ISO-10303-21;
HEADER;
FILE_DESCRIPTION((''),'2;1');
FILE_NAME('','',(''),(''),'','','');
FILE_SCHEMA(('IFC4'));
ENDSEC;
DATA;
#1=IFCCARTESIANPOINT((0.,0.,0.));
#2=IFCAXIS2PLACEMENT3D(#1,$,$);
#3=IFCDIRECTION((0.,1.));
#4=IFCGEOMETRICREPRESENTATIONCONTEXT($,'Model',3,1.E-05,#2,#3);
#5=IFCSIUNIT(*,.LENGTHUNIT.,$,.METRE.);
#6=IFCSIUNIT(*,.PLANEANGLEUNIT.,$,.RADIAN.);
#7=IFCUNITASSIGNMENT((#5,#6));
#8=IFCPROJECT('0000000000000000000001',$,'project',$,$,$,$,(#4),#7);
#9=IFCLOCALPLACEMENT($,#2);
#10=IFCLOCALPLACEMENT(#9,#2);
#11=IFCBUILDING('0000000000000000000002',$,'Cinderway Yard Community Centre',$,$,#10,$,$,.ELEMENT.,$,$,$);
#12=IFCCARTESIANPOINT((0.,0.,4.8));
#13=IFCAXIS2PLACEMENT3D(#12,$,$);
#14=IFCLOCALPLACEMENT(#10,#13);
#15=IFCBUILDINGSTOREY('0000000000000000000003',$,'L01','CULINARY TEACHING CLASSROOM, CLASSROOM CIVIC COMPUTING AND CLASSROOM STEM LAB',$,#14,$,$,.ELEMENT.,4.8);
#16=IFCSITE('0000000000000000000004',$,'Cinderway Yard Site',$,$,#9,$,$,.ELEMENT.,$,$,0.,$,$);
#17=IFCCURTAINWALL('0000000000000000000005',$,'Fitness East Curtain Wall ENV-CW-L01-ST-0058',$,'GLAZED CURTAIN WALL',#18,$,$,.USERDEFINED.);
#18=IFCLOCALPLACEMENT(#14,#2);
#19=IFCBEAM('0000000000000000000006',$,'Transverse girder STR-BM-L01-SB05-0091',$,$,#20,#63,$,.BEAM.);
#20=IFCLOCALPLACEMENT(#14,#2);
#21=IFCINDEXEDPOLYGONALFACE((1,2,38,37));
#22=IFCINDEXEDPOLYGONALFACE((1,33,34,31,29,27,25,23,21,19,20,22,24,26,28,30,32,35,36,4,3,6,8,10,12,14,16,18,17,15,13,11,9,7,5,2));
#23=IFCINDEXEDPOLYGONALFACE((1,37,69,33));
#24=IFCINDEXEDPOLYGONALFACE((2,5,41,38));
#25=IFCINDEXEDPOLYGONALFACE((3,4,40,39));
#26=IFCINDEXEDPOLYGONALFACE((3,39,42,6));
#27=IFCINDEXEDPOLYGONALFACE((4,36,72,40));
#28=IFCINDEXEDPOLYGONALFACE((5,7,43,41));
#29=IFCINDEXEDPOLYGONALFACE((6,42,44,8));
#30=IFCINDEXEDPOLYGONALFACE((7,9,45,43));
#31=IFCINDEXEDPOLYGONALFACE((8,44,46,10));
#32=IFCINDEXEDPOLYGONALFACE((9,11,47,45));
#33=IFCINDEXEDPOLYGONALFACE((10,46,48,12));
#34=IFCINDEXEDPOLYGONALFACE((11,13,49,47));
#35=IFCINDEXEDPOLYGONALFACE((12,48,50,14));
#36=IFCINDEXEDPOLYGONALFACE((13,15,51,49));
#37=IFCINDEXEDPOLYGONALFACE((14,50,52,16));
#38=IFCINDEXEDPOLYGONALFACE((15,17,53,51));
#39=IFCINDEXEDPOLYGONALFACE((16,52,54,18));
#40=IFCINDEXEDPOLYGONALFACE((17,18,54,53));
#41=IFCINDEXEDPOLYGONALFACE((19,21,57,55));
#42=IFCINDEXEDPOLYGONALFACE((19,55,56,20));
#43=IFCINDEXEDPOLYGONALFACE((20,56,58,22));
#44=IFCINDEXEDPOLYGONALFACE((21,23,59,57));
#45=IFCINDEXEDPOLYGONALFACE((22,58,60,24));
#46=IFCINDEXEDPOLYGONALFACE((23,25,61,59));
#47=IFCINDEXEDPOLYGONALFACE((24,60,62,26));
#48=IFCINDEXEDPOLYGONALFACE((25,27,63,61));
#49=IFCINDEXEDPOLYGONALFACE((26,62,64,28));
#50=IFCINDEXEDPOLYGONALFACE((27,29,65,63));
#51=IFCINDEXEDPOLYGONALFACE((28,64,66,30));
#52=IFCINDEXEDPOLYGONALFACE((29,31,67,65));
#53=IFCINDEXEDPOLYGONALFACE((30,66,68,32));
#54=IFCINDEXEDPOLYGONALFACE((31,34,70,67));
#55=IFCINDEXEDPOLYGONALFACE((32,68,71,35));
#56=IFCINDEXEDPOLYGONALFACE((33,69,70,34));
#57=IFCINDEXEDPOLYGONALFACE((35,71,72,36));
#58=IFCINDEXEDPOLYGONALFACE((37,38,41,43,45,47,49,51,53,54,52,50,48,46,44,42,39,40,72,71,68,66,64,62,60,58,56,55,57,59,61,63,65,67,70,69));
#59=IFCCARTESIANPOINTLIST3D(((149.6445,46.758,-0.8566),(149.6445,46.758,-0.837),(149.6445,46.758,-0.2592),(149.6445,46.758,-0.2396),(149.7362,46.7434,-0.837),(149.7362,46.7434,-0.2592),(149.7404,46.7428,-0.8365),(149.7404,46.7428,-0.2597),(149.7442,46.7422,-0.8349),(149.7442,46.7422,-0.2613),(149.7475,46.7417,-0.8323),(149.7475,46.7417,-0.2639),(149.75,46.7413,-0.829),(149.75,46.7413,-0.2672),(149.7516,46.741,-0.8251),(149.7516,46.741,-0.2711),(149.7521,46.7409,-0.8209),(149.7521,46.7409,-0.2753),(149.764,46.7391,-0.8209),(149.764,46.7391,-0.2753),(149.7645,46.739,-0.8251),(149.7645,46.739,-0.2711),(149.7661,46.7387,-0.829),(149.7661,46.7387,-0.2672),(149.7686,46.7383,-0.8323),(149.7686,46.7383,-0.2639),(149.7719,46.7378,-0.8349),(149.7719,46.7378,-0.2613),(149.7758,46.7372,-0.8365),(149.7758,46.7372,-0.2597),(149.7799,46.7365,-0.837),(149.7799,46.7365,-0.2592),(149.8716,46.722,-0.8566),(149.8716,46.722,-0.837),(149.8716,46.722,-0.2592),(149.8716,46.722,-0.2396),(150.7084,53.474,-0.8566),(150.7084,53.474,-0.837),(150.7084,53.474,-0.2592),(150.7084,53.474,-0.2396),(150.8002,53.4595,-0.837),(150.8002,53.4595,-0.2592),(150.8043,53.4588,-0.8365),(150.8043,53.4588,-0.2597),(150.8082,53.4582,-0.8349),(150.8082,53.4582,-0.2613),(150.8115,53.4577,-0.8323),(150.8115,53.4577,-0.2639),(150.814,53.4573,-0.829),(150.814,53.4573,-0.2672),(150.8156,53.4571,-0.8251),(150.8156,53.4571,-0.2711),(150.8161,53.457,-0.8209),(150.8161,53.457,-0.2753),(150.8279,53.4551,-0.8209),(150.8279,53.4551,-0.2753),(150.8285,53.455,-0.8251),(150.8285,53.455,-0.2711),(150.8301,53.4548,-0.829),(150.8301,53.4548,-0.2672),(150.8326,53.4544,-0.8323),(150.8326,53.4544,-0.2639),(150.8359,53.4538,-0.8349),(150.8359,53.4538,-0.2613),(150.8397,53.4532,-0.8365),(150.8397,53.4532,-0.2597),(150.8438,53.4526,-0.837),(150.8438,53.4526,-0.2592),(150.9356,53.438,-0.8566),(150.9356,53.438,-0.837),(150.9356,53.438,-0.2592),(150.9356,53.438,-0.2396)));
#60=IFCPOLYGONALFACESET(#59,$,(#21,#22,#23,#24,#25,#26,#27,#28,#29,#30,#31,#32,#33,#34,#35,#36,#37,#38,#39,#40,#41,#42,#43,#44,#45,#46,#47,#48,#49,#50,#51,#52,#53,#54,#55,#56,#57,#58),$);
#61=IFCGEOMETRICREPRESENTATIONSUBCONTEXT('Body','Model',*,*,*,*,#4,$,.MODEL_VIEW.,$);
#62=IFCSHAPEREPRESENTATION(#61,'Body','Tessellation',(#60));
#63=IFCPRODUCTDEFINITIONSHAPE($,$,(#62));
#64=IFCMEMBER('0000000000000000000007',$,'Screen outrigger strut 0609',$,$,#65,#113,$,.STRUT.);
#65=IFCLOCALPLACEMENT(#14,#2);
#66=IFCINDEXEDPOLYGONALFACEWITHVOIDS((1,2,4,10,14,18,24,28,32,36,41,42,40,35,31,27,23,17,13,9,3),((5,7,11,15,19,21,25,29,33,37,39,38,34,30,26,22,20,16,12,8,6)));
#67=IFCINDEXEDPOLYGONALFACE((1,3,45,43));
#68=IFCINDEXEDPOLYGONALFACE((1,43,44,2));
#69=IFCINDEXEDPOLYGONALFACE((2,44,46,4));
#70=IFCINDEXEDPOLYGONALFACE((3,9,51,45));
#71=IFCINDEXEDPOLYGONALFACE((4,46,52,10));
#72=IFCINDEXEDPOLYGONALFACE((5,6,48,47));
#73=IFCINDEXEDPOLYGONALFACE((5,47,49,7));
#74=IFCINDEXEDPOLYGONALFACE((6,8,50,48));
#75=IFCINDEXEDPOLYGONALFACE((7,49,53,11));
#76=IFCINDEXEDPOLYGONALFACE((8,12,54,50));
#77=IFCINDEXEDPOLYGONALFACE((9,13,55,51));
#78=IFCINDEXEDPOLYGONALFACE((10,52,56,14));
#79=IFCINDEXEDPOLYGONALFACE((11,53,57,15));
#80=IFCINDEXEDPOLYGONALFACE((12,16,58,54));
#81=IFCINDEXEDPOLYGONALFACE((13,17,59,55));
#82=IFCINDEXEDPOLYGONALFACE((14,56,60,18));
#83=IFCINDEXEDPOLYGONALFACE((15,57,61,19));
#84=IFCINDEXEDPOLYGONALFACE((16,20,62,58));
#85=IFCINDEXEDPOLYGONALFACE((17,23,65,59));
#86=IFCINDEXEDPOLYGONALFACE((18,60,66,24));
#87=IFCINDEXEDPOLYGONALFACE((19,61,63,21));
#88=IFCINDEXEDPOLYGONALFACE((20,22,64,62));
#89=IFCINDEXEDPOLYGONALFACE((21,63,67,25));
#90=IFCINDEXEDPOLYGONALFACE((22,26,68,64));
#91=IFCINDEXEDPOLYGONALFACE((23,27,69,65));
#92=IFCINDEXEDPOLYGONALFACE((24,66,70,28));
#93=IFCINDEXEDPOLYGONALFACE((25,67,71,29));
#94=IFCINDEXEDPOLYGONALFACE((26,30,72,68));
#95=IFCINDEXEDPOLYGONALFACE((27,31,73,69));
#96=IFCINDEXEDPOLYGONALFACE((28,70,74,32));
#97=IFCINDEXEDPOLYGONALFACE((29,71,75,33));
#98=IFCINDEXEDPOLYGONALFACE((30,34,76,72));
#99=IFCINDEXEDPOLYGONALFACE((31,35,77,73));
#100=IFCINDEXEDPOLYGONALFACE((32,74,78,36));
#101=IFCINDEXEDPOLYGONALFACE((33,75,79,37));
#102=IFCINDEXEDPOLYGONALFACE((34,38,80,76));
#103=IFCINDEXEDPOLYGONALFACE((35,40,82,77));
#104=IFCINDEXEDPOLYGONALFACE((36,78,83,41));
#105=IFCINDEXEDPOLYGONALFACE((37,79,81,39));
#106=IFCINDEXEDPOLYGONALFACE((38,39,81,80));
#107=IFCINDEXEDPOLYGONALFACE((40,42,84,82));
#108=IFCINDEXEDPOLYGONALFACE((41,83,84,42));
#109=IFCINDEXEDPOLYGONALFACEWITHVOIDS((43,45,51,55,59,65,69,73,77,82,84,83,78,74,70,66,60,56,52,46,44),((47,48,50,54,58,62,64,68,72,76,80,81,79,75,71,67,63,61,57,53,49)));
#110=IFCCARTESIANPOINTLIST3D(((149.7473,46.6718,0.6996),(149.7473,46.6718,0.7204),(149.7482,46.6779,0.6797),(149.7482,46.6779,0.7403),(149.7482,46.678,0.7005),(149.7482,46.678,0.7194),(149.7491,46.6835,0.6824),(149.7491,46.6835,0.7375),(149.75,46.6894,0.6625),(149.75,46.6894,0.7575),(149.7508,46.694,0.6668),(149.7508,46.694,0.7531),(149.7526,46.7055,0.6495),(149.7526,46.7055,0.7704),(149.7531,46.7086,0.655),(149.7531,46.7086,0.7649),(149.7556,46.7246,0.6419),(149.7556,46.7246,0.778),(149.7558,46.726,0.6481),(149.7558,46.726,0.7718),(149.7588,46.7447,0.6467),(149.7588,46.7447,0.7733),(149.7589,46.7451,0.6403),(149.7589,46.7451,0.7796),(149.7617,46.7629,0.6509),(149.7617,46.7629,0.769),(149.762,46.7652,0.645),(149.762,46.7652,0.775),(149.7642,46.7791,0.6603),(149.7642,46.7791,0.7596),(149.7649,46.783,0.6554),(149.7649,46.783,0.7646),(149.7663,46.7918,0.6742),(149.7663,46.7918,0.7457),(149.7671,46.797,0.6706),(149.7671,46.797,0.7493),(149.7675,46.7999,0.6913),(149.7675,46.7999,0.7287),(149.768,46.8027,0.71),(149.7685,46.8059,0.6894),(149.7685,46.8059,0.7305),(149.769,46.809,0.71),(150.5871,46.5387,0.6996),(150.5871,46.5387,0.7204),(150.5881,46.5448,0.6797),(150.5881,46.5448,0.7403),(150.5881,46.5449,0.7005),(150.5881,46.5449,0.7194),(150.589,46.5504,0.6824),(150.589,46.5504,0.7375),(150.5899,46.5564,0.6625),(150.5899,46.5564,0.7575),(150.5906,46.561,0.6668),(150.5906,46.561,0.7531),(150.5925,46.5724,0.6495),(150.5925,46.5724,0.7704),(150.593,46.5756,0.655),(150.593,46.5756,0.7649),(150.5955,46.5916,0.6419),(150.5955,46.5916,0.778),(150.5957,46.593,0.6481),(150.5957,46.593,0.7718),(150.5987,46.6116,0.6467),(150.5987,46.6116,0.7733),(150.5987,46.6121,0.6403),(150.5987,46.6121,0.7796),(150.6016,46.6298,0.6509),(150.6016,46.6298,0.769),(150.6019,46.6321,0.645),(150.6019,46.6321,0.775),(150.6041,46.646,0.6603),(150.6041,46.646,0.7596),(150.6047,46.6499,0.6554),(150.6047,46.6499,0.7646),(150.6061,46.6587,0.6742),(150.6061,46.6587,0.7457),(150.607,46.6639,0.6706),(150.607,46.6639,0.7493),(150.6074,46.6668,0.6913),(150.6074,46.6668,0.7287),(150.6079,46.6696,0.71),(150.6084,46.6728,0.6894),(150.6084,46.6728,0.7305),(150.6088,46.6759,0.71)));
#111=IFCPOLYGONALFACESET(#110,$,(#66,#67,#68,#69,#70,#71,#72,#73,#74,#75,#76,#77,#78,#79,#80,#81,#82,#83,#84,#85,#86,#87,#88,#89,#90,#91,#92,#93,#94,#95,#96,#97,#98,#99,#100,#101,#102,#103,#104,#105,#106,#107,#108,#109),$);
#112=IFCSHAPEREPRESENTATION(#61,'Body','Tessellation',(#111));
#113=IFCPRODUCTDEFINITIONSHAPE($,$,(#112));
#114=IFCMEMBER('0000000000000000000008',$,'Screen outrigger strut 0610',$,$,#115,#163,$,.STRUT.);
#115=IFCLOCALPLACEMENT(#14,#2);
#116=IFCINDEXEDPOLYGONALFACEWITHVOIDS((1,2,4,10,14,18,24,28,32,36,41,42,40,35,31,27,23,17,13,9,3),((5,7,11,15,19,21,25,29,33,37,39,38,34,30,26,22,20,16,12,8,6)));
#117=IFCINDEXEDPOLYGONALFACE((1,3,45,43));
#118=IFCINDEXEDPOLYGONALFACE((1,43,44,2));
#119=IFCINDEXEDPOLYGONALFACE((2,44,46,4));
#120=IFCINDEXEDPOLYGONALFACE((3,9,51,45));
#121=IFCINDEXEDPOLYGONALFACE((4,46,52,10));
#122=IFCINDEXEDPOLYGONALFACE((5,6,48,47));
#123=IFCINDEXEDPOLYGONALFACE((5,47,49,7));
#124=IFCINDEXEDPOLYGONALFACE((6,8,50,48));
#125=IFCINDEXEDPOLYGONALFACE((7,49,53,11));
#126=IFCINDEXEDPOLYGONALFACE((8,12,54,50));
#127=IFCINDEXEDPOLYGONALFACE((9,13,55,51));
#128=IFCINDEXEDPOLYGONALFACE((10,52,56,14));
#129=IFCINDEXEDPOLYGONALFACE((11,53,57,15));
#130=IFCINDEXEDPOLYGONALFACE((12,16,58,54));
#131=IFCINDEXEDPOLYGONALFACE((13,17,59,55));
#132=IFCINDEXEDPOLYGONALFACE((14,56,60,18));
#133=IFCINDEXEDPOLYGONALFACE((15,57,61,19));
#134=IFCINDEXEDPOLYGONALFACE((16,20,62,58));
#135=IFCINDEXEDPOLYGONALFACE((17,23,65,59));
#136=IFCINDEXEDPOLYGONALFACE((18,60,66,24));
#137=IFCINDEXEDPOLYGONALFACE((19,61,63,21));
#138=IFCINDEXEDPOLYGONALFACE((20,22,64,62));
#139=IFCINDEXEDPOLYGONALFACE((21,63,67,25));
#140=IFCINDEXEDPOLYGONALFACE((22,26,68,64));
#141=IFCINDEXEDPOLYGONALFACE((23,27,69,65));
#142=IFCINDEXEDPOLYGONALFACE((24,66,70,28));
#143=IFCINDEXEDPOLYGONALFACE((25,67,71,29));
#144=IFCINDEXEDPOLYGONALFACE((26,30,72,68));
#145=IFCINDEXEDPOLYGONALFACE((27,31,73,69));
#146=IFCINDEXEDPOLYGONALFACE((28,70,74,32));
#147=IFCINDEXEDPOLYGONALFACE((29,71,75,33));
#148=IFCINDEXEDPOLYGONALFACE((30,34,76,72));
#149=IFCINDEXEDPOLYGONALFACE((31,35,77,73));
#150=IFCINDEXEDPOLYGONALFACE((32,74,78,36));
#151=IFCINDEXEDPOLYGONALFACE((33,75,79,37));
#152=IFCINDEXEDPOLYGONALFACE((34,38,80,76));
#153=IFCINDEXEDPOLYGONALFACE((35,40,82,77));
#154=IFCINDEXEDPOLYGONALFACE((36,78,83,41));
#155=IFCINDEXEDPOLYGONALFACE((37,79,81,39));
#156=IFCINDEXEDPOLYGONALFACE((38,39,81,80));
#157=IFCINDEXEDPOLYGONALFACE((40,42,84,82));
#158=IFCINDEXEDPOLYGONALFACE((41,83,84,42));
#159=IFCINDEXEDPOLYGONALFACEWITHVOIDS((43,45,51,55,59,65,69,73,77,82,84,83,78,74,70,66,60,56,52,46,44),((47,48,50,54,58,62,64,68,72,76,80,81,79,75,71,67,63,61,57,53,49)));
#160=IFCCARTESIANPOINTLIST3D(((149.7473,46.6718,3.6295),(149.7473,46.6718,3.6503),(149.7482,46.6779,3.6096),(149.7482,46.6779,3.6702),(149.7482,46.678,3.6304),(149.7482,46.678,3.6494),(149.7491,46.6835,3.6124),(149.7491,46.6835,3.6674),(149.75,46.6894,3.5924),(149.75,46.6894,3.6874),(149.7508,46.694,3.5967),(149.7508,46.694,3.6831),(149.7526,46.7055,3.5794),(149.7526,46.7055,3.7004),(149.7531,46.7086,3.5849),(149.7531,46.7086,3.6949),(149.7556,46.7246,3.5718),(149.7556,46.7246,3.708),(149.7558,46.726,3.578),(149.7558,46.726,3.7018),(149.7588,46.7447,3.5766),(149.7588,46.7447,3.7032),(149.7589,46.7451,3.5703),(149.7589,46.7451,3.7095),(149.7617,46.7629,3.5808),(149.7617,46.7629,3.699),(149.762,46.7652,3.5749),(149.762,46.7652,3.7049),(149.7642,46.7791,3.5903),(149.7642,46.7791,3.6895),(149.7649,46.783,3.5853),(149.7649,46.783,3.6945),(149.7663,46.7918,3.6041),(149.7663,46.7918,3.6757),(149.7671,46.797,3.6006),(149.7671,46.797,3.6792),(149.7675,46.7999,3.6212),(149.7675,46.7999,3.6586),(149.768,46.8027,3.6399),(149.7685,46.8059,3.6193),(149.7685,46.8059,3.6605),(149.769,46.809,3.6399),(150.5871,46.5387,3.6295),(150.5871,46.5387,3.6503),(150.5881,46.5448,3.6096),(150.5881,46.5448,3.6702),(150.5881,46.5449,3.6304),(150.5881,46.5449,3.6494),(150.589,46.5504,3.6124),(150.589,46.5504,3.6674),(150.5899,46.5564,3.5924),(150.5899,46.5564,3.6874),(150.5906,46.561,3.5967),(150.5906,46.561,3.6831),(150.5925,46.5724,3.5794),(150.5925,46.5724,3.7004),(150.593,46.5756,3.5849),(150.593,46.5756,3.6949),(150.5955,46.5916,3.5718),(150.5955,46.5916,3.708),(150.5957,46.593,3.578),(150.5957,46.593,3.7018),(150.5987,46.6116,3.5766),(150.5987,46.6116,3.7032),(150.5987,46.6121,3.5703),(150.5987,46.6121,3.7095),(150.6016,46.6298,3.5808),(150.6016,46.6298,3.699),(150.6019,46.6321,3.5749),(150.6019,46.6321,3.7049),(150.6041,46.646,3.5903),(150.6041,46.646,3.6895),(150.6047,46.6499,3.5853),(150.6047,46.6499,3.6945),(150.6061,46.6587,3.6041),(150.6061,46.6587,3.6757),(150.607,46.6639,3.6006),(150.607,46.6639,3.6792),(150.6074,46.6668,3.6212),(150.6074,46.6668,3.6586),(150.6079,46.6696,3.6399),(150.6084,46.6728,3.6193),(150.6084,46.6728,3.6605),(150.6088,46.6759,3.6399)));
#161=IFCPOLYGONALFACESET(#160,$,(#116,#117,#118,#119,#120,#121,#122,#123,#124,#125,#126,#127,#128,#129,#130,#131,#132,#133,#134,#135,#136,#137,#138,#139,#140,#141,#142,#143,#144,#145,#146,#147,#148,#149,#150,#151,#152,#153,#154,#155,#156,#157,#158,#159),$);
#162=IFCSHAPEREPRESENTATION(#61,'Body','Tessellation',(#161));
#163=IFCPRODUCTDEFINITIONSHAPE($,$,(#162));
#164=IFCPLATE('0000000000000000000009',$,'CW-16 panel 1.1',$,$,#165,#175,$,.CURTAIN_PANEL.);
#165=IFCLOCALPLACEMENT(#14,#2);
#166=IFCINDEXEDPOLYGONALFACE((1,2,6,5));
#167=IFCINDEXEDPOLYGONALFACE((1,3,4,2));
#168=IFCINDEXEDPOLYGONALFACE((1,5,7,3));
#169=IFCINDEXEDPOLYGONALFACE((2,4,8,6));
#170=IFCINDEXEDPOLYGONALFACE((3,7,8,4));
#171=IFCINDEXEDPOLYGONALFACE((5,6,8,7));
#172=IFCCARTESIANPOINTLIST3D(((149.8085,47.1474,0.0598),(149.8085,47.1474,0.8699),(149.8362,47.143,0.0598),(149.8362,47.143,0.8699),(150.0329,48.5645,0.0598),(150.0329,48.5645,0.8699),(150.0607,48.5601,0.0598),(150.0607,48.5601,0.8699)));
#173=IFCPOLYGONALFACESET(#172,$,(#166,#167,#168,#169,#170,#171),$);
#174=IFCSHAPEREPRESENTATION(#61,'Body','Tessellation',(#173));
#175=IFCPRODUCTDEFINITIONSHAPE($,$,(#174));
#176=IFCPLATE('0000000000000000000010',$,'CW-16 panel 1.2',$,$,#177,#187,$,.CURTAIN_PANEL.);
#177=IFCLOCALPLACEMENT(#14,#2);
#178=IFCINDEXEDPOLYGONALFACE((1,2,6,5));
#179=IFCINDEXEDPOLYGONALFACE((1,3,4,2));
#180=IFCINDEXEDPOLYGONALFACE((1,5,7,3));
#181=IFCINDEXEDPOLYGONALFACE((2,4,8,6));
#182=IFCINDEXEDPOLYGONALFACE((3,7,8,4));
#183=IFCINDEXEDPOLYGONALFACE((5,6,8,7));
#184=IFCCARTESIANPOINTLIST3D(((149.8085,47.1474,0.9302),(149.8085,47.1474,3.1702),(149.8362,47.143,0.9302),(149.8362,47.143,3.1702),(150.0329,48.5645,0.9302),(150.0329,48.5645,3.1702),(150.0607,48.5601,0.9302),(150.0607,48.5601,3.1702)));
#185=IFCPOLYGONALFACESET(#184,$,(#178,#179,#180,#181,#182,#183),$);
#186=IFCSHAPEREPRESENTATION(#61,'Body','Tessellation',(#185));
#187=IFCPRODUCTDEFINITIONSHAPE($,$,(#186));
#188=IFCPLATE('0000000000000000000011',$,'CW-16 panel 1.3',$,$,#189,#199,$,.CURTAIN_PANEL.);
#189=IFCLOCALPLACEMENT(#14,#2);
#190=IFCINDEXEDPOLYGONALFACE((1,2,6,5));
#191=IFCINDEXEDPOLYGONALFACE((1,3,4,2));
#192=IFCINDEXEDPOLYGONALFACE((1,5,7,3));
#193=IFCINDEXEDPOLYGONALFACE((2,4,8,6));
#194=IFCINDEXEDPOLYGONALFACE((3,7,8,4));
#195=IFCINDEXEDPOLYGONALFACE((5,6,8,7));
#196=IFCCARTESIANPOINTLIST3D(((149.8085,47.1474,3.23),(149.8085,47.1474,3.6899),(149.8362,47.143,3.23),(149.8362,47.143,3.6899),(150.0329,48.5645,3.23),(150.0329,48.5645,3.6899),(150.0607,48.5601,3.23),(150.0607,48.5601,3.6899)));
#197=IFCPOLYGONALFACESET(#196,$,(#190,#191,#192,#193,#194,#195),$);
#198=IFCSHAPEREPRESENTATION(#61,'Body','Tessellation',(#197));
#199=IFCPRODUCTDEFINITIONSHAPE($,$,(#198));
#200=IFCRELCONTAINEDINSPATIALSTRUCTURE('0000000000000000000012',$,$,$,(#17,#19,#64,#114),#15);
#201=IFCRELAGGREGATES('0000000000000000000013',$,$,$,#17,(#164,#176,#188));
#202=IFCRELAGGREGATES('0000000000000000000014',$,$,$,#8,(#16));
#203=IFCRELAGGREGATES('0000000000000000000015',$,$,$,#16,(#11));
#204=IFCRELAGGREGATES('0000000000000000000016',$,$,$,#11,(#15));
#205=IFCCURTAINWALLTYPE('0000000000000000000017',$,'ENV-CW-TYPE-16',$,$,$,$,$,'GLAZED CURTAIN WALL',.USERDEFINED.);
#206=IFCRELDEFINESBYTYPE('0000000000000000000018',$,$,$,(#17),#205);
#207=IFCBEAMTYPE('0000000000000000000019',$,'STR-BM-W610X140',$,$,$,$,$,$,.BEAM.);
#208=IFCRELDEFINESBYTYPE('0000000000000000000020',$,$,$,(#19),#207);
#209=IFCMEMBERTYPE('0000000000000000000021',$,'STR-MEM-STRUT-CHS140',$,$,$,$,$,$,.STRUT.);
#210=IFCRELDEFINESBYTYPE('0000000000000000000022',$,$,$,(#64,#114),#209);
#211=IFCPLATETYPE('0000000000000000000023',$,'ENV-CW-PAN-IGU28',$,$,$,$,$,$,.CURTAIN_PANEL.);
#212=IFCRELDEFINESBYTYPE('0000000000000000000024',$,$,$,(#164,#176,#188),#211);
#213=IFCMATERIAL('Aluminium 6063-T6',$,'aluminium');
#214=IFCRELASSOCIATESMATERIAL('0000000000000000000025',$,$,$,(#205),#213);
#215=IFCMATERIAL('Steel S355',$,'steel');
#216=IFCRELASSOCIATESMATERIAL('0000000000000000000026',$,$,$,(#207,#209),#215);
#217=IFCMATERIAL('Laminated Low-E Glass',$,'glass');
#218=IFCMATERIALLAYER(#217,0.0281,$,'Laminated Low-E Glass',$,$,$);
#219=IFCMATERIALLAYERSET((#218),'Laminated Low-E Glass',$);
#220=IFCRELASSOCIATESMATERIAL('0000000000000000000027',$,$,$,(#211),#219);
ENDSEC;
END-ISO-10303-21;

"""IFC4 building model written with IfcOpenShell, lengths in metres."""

from ifc_helpers import new_model, si_unit, direction, frame, origin, origin_2d, place, context, subcontext, project, spatial, rectangle, hollow_circle, i_section, extrude, material, layer, layer_set, material_profile, profile_set, type_object, element, aggregate, save


model = new_model("IFC4")

# Units and contexts
model_context = context("Model", 3, precision=1e-05, world=origin(), true_north=direction((0.0, 1.0)))
body_context = subcontext(model_context, "Body", "Model", "MODEL_VIEW")
ifc_project = project(units=[si_unit("LENGTHUNIT", "METRE"), si_unit("PLANEANGLEUNIT", "RADIAN")], contexts=[model_context])

# Site, building, storey
site_placement = place(None, origin())
site = spatial("IfcSite", under=ifc_project, at=site_placement, Name="Cinderway Yard Site", CompositionType="ELEMENT", RefElevation=0.0)
building_placement = place(site_placement, origin())
building = spatial("IfcBuilding", under=site, at=building_placement, Name="Cinderway Yard Community Centre", CompositionType="ELEMENT")
storey_placement = place(building_placement, frame((0.0, 0.0, 4.8)))
storey = spatial("IfcBuildingStorey", under=building, at=storey_placement, Name="L01", Description="CULINARY TEACHING CLASSROOM, CLASSROOM CIVIC COMPUTING AND CLASSROOM STEM LAB", CompositionType="ELEMENT", Elevation=4.8)

# Curtain wall
ifc_material_1 = material(Name="Aluminium 6063-T6", Category="aluminium")
curtain_wall_type = type_object("IfcCurtainWallType", Name="ENV-CW-TYPE-16", ElementType="GLAZED CURTAIN WALL", PredefinedType="USERDEFINED", material=ifc_material_1)
curtain_wall_placement = place(storey_placement, origin())
curtain_wall = element("IfcCurtainWall", 1, at=curtain_wall_placement, inside=storey, type_object=curtain_wall_type, Name="Fitness East Curtain Wall ENV-CW-L01-ST-0058", ObjectType="GLAZED CURTAIN WALL", PredefinedType="USERDEFINED")

# Shared definitions
ifc_material_2 = material(Name="Steel S355", Category="steel")

# Beam
ifc_material_profile_1 = material_profile(ifc_material_2, i_section(OverallWidth=0.23, OverallDepth=0.6169, WebThickness=0.012, FlangeThickness=0.0195, FilletRadius=0.0161, at=origin_2d()), Name="Steel S355")
ifc_profile_set_1 = profile_set([ifc_material_profile_1], Name="Steel S355")
beam_type_1 = type_object("IfcBeamType", Name="STR-BM-W610X140", PredefinedType="BEAM", material=ifc_profile_set_1)
beam_1_placement = place(storey_placement, frame((149.7581, 46.74, -0.5481), z_axis=(0.15647, 0.987683, 0.0), x_axis=(-0.987683, 0.15647, 0.0)))
element("IfcBeam", 2, at=beam_1_placement, inside=storey, type_object=beam_type_1, Name="Transverse girder STR-BM-L01-SB05-0091", PredefinedType="BEAM", context=body_context, shape_type="SweptSolid", body=[
    extrude(i_section(OverallWidth=0.23, OverallDepth=0.6169, WebThickness=0.012, FlangeThickness=0.0195, FilletRadius=0.0161, at=origin_2d()), origin(), (0.0, 0.0, 1.0), 6.7998),
])

# Members
ifc_material_profile_2 = material_profile(ifc_material_2, hollow_circle(Radius=0.0698, WallThickness=0.0063, at=origin_2d()), Name="Steel S355")
ifc_profile_set_2 = profile_set([ifc_material_profile_2], Name="Steel S355")
member_type_1 = type_object("IfcMemberType", Name="STR-MEM-STRUT-CHS140", PredefinedType="STRUT", material=ifc_profile_set_2)
for number, where, z_axis, x_axis, name in (
    (3, (149.7581, 46.74, 0.71), (0.987681, -0.156479, 0.0), (0.156479, 0.987681, 0.0), "Screen outrigger strut 0609"),
    (4, (149.7581, 46.74, 3.6399), (0.987681, -0.156479, 0.0), (0.156479, 0.987681, 0.0), "Screen outrigger strut 0610"),
):
    element("IfcMember", number, at=place(storey_placement, frame(where, z_axis=z_axis, x_axis=x_axis)), inside=storey, type_object=member_type_1, Name=name, PredefinedType="STRUT", context=body_context, shape_type="SweptSolid", body=[
        extrude(hollow_circle(Radius=0.0698, WallThickness=0.0063, at=origin_2d()), origin(), (0.0, 0.0, 1.0), 0.8503),
    ])

# Plates
ifc_material_3 = material(Name="Laminated Low-E Glass", Category="glass")
ifc_layer_1 = layer(ifc_material_3, 0.0281, Name="Laminated Low-E Glass")
ifc_layer_set_1 = layer_set([ifc_layer_1], Name="Laminated Low-E Glass")
plate_type_1 = type_object("IfcPlateType", Name="ENV-CW-PAN-IGU28", PredefinedType="CURTAIN_PANEL", material=ifc_layer_set_1)
plate_1_placement = place(storey_placement, frame((149.9346, 47.8538, 0.0598), z_axis=(0.0, 0.0, 1.0), x_axis=(0.156417, 0.987691, 0.0)))
plate_1 = element("IfcPlate", 5, at=plate_1_placement, type_object=plate_type_1, Name="CW-16 panel 1.1", PredefinedType="CURTAIN_PANEL", context=body_context, shape_type="SweptSolid", body=[
    extrude(rectangle(XDim=1.4348, YDim=0.0281, at=origin_2d()), origin(), (0.0, 0.0, 1.0), 0.8101),
])
plate_2_placement = place(storey_placement, frame((149.9346, 47.8538, 0.9302), z_axis=(0.0, 0.0, 1.0), x_axis=(0.156417, 0.987691, 0.0)))
plate_2 = element("IfcPlate", 6, at=plate_2_placement, type_object=plate_type_1, Name="CW-16 panel 1.2", PredefinedType="CURTAIN_PANEL", context=body_context, shape_type="SweptSolid", body=[
    extrude(rectangle(XDim=1.4348, YDim=0.0281, at=origin_2d()), origin(), (0.0, 0.0, 1.0), 2.24),
])
plate_3_placement = place(storey_placement, frame((149.9346, 47.8538, 3.23), z_axis=(0.0, 0.0, 1.0), x_axis=(0.156417, 0.987691, 0.0)))
plate_3 = element("IfcPlate", 7, at=plate_3_placement, type_object=plate_type_1, Name="CW-16 panel 1.3", PredefinedType="CURTAIN_PANEL", context=body_context, shape_type="SweptSolid", body=[
    extrude(rectangle(XDim=1.4348, YDim=0.0281, at=origin_2d()), origin(), (0.0, 0.0, 1.0), 0.46),
])
aggregate(curtain_wall, [plate_1, plate_2, plate_3])

save(model, "model.ifc")
